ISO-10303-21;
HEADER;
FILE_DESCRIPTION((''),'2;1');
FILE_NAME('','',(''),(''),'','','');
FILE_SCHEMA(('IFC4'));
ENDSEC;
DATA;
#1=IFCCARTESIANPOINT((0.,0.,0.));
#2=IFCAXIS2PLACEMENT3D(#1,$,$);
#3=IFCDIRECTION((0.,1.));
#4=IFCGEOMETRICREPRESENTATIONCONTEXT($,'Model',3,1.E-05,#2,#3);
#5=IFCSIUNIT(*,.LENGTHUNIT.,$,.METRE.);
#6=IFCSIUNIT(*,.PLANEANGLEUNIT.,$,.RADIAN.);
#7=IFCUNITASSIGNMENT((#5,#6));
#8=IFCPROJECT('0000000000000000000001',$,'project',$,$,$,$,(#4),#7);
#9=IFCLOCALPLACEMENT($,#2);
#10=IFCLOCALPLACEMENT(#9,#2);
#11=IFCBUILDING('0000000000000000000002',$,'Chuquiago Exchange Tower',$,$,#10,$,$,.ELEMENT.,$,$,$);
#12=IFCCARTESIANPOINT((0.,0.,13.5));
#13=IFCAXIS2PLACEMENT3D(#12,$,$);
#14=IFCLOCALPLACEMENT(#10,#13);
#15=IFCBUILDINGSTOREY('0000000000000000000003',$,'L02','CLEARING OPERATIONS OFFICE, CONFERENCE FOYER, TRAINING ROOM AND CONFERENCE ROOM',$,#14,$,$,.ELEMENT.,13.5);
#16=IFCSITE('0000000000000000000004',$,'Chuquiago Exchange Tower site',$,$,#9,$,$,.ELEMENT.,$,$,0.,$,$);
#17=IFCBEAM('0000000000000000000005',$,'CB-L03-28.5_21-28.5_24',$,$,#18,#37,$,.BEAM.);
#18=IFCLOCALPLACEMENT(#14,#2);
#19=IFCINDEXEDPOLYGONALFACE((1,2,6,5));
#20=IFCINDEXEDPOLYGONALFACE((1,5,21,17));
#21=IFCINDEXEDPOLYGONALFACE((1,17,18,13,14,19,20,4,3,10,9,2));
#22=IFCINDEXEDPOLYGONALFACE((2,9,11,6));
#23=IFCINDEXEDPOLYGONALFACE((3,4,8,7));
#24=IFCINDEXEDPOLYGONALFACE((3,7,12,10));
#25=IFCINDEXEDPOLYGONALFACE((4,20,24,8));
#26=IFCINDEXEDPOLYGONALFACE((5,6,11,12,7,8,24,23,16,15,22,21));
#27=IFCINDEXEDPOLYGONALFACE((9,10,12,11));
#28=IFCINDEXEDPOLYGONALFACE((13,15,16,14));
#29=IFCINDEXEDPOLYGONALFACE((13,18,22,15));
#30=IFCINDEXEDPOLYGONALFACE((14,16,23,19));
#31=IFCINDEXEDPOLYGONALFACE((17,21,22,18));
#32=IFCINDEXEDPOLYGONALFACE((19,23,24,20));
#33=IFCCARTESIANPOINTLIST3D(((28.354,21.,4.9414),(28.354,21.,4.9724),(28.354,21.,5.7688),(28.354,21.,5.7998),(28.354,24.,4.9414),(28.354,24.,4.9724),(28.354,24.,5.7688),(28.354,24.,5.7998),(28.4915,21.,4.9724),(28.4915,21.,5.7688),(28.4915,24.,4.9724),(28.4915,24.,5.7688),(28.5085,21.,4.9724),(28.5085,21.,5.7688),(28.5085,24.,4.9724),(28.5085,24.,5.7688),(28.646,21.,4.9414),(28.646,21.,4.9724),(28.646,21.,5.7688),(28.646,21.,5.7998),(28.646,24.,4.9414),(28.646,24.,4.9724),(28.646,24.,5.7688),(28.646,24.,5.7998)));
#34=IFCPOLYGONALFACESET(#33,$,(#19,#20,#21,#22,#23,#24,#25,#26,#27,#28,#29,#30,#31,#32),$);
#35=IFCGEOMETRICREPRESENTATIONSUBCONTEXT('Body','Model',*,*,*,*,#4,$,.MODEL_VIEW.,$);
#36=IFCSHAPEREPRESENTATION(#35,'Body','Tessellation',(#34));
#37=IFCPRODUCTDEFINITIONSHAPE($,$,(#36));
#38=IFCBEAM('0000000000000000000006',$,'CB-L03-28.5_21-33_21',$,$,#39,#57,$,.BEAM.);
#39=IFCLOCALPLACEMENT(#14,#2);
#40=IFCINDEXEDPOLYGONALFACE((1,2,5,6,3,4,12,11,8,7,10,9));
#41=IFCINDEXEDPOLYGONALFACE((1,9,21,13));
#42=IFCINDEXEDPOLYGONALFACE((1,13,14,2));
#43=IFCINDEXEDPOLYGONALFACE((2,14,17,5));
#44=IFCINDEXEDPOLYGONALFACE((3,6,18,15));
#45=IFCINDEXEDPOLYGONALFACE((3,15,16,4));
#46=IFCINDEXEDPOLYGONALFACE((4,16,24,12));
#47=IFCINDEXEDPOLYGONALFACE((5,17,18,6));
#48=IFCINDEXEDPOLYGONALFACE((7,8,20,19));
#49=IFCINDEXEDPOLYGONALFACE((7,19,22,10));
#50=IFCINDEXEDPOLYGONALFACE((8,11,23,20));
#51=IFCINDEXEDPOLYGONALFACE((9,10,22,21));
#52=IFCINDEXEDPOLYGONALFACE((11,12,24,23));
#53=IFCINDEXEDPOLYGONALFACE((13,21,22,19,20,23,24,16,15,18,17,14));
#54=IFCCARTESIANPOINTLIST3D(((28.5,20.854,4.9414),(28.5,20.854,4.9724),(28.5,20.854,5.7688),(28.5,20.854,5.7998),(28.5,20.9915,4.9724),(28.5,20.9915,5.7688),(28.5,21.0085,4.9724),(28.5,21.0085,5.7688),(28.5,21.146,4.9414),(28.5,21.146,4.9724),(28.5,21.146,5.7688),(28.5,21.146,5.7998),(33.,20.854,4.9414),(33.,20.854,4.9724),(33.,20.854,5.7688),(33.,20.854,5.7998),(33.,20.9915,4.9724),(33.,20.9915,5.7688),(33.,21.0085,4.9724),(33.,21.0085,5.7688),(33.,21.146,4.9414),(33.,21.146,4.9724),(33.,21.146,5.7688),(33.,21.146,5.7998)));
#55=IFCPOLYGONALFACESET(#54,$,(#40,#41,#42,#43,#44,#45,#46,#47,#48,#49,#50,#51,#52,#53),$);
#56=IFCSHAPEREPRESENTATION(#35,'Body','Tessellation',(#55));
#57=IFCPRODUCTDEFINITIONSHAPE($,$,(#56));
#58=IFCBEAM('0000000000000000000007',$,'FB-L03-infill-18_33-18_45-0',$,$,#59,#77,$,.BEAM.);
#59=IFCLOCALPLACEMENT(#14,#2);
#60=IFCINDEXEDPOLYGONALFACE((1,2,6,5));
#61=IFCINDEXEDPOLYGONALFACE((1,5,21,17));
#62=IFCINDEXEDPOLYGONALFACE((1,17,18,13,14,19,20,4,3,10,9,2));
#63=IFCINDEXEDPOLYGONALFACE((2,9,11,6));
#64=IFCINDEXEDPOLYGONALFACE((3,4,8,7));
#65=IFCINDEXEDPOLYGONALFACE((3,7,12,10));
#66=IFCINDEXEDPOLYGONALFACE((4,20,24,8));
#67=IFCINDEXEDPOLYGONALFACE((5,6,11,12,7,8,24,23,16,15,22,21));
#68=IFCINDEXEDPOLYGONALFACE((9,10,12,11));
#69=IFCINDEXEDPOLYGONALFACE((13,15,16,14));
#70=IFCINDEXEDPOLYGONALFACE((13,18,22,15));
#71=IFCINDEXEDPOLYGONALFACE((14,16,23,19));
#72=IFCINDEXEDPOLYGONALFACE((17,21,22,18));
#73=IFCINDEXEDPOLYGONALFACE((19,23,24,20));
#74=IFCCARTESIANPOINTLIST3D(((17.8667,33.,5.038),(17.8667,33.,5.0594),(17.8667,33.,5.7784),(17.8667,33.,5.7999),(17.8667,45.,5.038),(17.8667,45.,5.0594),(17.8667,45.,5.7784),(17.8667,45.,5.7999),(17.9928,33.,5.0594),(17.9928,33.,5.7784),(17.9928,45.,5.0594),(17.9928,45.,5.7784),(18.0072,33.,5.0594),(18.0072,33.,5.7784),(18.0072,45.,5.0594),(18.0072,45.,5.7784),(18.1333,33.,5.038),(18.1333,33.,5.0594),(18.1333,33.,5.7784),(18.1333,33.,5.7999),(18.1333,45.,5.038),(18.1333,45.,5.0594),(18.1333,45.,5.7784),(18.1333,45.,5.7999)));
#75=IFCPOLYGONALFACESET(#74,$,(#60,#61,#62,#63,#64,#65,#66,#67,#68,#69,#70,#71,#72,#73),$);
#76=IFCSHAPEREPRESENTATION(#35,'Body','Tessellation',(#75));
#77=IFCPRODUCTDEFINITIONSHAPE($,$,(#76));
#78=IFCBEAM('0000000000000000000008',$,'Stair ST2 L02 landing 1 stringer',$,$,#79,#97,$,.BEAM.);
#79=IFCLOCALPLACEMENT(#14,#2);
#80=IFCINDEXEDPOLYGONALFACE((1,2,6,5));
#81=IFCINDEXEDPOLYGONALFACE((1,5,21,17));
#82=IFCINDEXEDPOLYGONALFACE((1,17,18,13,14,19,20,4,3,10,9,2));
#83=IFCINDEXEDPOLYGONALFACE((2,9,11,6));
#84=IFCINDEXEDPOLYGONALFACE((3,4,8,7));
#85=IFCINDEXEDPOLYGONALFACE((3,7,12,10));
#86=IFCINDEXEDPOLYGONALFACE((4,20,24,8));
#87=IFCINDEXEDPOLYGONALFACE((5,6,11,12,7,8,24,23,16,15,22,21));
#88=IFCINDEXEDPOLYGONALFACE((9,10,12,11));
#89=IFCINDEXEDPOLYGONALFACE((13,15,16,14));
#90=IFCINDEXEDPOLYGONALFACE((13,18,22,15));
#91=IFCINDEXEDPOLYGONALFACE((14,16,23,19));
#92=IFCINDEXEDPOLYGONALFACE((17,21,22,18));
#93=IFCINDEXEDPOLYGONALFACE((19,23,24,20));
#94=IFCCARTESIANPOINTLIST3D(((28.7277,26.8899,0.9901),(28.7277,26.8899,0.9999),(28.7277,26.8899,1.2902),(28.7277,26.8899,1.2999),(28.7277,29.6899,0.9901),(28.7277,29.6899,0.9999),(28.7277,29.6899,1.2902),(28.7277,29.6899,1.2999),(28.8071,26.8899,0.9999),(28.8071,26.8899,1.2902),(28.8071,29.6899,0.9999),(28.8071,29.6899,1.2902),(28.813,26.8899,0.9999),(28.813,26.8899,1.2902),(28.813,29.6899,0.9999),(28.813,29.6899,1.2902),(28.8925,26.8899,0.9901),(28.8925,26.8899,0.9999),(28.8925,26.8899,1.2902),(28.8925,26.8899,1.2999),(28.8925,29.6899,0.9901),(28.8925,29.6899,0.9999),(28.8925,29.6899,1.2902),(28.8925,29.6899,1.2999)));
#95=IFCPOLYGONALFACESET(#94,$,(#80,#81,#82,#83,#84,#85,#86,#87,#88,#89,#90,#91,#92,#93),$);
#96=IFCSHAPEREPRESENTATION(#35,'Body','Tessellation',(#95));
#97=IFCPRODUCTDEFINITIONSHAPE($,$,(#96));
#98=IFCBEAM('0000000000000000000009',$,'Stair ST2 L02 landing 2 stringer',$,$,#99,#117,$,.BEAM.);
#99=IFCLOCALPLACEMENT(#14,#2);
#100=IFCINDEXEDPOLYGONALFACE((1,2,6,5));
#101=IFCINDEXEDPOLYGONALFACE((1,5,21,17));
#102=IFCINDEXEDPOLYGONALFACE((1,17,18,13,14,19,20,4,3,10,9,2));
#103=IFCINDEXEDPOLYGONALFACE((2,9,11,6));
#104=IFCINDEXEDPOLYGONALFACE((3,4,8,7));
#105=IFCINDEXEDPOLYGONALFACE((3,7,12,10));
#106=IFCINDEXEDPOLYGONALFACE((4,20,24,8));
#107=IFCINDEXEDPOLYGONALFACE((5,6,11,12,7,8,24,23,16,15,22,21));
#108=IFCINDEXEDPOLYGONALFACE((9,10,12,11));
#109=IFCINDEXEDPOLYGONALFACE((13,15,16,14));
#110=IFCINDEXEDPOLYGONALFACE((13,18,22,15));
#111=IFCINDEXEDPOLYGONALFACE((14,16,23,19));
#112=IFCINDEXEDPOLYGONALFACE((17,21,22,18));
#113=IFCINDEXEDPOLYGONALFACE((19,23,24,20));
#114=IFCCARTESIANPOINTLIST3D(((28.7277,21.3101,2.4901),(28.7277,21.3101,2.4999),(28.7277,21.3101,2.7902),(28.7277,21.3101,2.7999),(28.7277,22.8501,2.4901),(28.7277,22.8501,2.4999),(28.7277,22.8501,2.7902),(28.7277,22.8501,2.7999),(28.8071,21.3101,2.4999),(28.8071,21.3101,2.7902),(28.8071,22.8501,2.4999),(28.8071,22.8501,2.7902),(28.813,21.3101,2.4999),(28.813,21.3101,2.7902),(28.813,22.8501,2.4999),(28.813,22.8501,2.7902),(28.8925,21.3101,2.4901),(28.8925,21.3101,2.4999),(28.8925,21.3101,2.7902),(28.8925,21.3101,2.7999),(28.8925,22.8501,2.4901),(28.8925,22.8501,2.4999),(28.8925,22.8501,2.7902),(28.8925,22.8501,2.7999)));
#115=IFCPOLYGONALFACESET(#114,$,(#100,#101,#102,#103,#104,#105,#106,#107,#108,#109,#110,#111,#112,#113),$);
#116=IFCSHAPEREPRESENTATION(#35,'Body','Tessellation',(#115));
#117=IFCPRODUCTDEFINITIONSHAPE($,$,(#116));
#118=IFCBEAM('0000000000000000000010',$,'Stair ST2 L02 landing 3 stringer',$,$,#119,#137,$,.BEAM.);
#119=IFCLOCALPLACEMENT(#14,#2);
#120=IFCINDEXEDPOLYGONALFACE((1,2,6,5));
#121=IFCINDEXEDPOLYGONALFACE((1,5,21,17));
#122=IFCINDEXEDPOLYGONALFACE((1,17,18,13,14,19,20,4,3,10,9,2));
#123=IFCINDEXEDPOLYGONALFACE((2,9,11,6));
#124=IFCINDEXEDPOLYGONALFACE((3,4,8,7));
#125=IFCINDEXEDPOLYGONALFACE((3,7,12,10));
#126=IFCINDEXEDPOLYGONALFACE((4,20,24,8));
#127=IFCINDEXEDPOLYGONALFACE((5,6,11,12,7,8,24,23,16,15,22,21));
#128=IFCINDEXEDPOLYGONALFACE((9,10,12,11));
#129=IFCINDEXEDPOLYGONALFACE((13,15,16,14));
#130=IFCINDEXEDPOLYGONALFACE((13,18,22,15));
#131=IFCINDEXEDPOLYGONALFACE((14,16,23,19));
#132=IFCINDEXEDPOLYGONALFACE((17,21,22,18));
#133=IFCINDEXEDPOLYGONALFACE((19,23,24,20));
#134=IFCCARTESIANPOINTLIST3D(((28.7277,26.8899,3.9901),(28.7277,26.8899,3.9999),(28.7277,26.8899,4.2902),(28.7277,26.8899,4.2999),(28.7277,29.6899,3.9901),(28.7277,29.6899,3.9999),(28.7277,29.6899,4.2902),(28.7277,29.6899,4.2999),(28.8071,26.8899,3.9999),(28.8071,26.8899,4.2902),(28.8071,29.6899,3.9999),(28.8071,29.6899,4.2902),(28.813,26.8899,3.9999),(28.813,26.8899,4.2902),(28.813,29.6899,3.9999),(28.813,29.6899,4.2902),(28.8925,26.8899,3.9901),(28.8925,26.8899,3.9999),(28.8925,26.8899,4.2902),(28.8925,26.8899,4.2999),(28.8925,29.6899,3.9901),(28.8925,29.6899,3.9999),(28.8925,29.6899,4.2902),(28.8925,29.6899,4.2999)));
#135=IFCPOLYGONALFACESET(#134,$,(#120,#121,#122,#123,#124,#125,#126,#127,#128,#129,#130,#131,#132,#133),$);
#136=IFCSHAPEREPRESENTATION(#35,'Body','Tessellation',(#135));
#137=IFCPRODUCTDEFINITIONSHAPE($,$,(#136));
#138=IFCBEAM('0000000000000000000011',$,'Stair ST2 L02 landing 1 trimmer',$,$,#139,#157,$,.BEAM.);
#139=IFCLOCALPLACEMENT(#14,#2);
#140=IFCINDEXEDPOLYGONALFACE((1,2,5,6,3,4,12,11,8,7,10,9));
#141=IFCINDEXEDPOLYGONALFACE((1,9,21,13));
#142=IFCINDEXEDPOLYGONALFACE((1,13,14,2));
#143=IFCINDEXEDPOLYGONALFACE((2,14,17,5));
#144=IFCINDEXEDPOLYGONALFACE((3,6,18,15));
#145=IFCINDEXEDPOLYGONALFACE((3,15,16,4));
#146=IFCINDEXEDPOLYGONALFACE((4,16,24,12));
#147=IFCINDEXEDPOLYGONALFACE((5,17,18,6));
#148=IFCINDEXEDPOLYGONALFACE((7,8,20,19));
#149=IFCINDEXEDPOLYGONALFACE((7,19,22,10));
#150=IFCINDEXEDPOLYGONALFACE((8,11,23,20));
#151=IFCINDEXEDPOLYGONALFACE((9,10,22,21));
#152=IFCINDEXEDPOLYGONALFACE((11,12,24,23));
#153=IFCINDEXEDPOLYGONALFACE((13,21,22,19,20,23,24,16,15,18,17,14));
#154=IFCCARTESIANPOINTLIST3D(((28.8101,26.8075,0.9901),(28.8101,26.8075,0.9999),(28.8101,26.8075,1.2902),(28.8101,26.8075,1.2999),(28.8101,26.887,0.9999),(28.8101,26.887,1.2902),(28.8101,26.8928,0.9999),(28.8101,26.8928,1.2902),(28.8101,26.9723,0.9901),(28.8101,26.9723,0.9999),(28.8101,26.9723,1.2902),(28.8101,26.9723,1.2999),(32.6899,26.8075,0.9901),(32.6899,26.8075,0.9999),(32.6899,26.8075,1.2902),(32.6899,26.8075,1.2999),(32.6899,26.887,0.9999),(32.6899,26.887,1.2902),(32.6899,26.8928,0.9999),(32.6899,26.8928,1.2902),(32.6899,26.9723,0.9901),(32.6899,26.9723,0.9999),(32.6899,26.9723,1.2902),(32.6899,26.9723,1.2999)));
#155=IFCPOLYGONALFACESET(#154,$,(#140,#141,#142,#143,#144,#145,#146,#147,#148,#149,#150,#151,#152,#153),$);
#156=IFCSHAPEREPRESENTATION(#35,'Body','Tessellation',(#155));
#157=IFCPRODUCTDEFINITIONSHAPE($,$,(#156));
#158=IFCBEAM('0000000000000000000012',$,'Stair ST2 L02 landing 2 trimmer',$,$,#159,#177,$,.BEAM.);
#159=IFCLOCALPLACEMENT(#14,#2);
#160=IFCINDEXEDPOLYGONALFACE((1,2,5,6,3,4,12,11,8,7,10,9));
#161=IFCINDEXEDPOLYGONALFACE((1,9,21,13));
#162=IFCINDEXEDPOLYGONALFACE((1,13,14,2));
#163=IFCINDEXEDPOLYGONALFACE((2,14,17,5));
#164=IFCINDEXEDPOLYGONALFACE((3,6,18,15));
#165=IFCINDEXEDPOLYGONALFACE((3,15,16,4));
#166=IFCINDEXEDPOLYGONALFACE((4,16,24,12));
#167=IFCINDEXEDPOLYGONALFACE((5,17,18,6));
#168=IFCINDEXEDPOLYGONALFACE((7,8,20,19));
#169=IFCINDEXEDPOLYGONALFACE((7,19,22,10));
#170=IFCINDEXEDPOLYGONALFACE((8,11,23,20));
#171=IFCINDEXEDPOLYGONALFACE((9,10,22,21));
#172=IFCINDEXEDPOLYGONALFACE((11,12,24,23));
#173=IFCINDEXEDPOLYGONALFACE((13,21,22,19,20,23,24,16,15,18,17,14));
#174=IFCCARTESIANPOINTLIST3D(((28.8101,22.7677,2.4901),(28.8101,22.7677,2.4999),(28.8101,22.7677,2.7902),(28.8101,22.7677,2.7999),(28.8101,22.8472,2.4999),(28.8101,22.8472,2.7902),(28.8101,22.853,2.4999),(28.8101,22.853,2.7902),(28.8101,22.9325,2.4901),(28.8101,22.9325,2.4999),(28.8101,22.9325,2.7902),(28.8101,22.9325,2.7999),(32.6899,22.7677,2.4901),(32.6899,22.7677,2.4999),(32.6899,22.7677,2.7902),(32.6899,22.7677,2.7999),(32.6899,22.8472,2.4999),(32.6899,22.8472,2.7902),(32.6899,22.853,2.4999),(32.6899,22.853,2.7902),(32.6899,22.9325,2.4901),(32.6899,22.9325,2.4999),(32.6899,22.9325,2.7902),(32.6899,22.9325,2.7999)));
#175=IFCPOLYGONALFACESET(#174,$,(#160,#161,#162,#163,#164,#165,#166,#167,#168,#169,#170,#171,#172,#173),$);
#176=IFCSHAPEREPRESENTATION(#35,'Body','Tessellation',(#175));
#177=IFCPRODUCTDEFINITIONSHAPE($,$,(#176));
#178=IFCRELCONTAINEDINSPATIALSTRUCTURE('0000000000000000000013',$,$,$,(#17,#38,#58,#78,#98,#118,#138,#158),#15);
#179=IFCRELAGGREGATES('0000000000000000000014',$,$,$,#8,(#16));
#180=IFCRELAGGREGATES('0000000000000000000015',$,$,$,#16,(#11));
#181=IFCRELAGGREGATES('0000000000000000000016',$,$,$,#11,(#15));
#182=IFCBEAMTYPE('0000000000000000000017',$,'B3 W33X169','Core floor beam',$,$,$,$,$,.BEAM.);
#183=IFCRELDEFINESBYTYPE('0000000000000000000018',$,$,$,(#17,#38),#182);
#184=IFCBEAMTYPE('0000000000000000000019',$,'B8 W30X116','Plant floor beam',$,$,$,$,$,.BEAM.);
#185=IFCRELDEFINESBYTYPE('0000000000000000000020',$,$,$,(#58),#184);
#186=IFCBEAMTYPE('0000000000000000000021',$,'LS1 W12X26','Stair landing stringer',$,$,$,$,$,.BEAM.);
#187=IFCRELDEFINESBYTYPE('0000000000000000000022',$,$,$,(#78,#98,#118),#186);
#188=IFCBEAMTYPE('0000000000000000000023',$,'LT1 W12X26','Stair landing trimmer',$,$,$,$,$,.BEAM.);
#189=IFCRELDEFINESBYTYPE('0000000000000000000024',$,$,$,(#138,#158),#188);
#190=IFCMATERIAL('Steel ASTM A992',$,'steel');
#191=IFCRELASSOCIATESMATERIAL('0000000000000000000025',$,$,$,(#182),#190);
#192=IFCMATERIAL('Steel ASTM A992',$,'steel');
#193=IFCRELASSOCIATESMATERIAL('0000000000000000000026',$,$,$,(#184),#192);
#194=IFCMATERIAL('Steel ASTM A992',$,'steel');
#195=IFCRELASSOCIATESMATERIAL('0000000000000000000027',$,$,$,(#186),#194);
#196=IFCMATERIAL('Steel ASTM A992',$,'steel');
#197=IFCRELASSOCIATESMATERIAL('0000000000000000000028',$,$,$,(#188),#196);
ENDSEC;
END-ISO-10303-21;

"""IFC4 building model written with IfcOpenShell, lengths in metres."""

from ifc_helpers import new_model, si_unit, direction, frame, origin, origin_2d, place, context, subcontext, project, spatial, i_section, extrude, material, material_profile, profile_set, type_object, element, save


model = new_model("IFC4")

# Units and contexts
model_context = context("Model", 3, precision=1e-05, world=origin(), true_north=direction((0.0, 1.0)))
body_context = subcontext(model_context, "Body", "Model", "MODEL_VIEW")
ifc_project = project(units=[si_unit("LENGTHUNIT", "METRE"), si_unit("PLANEANGLEUNIT", "RADIAN")], contexts=[model_context])

# Site, building, storey
site_placement = place(None, origin())
site = spatial("IfcSite", under=ifc_project, at=site_placement, Name="Chuquiago Exchange Tower site", CompositionType="ELEMENT", RefElevation=0.0)
building_placement = place(site_placement, origin())
building = spatial("IfcBuilding", under=site, at=building_placement, Name="Chuquiago Exchange Tower", CompositionType="ELEMENT")
storey_placement = place(building_placement, frame((0.0, 0.0, 13.5)))
storey = spatial("IfcBuildingStorey", under=building, at=storey_placement, Name="L02", Description="CLEARING OPERATIONS OFFICE, CONFERENCE FOYER, TRAINING ROOM AND CONFERENCE ROOM", CompositionType="ELEMENT", Elevation=13.5)

# Beams
ifc_material_1 = material(Name="Steel ASTM A992", Category="steel")
ifc_material_profile_1 = material_profile(ifc_material_1, i_section(OverallWidth=0.292, OverallDepth=0.8584, WebThickness=0.0171, FlangeThickness=0.031, at=origin_2d()), Name="W33X169")
ifc_profile_set_1 = profile_set([ifc_material_profile_1], Name="Steel ASTM A992")
beam_type_1 = type_object("IfcBeamType", Name="B3 W33X169", Description="Core floor beam", PredefinedType="BEAM", material=ifc_profile_set_1)
beam_1_placement = place(storey_placement, frame((28.5, 21.0, 5.3706), z_axis=(0.0, 1.0, 0.0), x_axis=(-1.0, 0.0, 0.0)))
element("IfcBeam", 1, at=beam_1_placement, inside=storey, type_object=beam_type_1, Name="CB-L03-28.5_21-28.5_24", PredefinedType="BEAM", context=body_context, shape_type="SweptSolid", body=[
    extrude(i_section(OverallWidth=0.292, OverallDepth=0.8584, WebThickness=0.0171, FlangeThickness=0.031, at=origin_2d()), origin(), (0.0, 0.0, 1.0), 3.0),
])
beam_2_placement = place(storey_placement, frame((28.5, 21.0, 5.3706), z_axis=(1.0, 0.0, 0.0), x_axis=(0.0, 1.0, 0.0)))
element("IfcBeam", 2, at=beam_2_placement, inside=storey, type_object=beam_type_1, Name="CB-L03-28.5_21-33_21", PredefinedType="BEAM", context=body_context, shape_type="SweptSolid", body=[
    extrude(i_section(OverallWidth=0.292, OverallDepth=0.8584, WebThickness=0.0171, FlangeThickness=0.031, at=origin_2d()), origin(), (0.0, 0.0, 1.0), 4.5),
])
ifc_material_2 = material(Name="Steel ASTM A992", Category="steel")
ifc_material_profile_2 = material_profile(ifc_material_2, i_section(OverallWidth=0.2666, OverallDepth=0.762, WebThickness=0.0144, FlangeThickness=0.0215, at=origin_2d()), Name="W30X116")
ifc_profile_set_2 = profile_set([ifc_material_profile_2], Name="Steel ASTM A992")
beam_type_2 = type_object("IfcBeamType", Name="B8 W30X116", Description="Plant floor beam", PredefinedType="BEAM", material=ifc_profile_set_2)
beam_3_placement = place(storey_placement, frame((18.0, 33.0, 5.4189), z_axis=(0.0, 1.0, 0.0), x_axis=(-1.0, 0.0, 0.0)))
element("IfcBeam", 3, at=beam_3_placement, inside=storey, type_object=beam_type_2, Name="FB-L03-infill-18_33-18_45-0", PredefinedType="BEAM", context=body_context, shape_type="SweptSolid", body=[
    extrude(i_section(OverallWidth=0.2666, OverallDepth=0.762, WebThickness=0.0144, FlangeThickness=0.0215, at=origin_2d()), origin(), (0.0, 0.0, 1.0), 12.0),
])
ifc_material_3 = material(Name="Steel ASTM A992", Category="steel")
ifc_material_profile_3 = material_profile(ifc_material_3, i_section(OverallWidth=0.1648, OverallDepth=0.3098, WebThickness=0.0059, FlangeThickness=0.0098, at=origin_2d()), Name="W12X26")
ifc_profile_set_3 = profile_set([ifc_material_profile_3], Name="Steel ASTM A992")
beam_type_3 = type_object("IfcBeamType", Name="LS1 W12X26", Description="Stair landing stringer", PredefinedType="BEAM", material=ifc_profile_set_3)
beam_4_placement = place(storey_placement, frame((28.8101, 26.8899, 1.145), z_axis=(0.0, 1.0, 0.0), x_axis=(-1.0, 0.0, 0.0)))
element("IfcBeam", 4, at=beam_4_placement, inside=storey, type_object=beam_type_3, Name="Stair ST2 L02 landing 1 stringer", PredefinedType="BEAM", context=body_context, shape_type="SweptSolid", body=[
    extrude(i_section(OverallWidth=0.1648, OverallDepth=0.3098, WebThickness=0.0059, FlangeThickness=0.0098, at=origin_2d()), origin(), (0.0, 0.0, 1.0), 2.8),
])
beam_5_placement = place(storey_placement, frame((28.8101, 21.3101, 2.645), z_axis=(0.0, 1.0, 0.0), x_axis=(-1.0, 0.0, 0.0)))
element("IfcBeam", 5, at=beam_5_placement, inside=storey, type_object=beam_type_3, Name="Stair ST2 L02 landing 2 stringer", PredefinedType="BEAM", context=body_context, shape_type="SweptSolid", body=[
    extrude(i_section(OverallWidth=0.1648, OverallDepth=0.3098, WebThickness=0.0059, FlangeThickness=0.0098, at=origin_2d()), origin(), (0.0, 0.0, 1.0), 1.54),
])
beam_6_placement = place(storey_placement, frame((28.8101, 26.8899, 4.145), z_axis=(0.0, 1.0, 0.0), x_axis=(-1.0, 0.0, 0.0)))
element("IfcBeam", 6, at=beam_6_placement, inside=storey, type_object=beam_type_3, Name="Stair ST2 L02 landing 3 stringer", PredefinedType="BEAM", context=body_context, shape_type="SweptSolid", body=[
    extrude(i_section(OverallWidth=0.1648, OverallDepth=0.3098, WebThickness=0.0059, FlangeThickness=0.0098, at=origin_2d()), origin(), (0.0, 0.0, 1.0), 2.8),
])
ifc_material_4 = material(Name="Steel ASTM A992", Category="steel")
ifc_material_profile_4 = material_profile(ifc_material_4, i_section(OverallWidth=0.1648, OverallDepth=0.3098, WebThickness=0.0059, FlangeThickness=0.0098, at=origin_2d()), Name="W12X26")
ifc_profile_set_4 = profile_set([ifc_material_profile_4], Name="Steel ASTM A992")
beam_type_4 = type_object("IfcBeamType", Name="LT1 W12X26", Description="Stair landing trimmer", PredefinedType="BEAM", material=ifc_profile_set_4)
for number, where, z_axis, x_axis, name in (
    (7, (28.8101, 26.8899, 1.145), (1.0, 0.0, 0.0), (0.0, 1.0, 0.0), "Stair ST2 L02 landing 1 trimmer"),
    (8, (28.8101, 22.8501, 2.645), (1.0, 0.0, 0.0), (0.0, 1.0, 0.0), "Stair ST2 L02 landing 2 trimmer"),
):
    element("IfcBeam", number, at=place(storey_placement, frame(where, z_axis=z_axis, x_axis=x_axis)), inside=storey, type_object=beam_type_4, Name=name, PredefinedType="BEAM", context=body_context, shape_type="SweptSolid", body=[
        extrude(i_section(OverallWidth=0.1648, OverallDepth=0.3098, WebThickness=0.0059, FlangeThickness=0.0098, at=origin_2d()), origin(), (0.0, 0.0, 1.0), 3.8799),
    ])

save(model, "model.ifc")
